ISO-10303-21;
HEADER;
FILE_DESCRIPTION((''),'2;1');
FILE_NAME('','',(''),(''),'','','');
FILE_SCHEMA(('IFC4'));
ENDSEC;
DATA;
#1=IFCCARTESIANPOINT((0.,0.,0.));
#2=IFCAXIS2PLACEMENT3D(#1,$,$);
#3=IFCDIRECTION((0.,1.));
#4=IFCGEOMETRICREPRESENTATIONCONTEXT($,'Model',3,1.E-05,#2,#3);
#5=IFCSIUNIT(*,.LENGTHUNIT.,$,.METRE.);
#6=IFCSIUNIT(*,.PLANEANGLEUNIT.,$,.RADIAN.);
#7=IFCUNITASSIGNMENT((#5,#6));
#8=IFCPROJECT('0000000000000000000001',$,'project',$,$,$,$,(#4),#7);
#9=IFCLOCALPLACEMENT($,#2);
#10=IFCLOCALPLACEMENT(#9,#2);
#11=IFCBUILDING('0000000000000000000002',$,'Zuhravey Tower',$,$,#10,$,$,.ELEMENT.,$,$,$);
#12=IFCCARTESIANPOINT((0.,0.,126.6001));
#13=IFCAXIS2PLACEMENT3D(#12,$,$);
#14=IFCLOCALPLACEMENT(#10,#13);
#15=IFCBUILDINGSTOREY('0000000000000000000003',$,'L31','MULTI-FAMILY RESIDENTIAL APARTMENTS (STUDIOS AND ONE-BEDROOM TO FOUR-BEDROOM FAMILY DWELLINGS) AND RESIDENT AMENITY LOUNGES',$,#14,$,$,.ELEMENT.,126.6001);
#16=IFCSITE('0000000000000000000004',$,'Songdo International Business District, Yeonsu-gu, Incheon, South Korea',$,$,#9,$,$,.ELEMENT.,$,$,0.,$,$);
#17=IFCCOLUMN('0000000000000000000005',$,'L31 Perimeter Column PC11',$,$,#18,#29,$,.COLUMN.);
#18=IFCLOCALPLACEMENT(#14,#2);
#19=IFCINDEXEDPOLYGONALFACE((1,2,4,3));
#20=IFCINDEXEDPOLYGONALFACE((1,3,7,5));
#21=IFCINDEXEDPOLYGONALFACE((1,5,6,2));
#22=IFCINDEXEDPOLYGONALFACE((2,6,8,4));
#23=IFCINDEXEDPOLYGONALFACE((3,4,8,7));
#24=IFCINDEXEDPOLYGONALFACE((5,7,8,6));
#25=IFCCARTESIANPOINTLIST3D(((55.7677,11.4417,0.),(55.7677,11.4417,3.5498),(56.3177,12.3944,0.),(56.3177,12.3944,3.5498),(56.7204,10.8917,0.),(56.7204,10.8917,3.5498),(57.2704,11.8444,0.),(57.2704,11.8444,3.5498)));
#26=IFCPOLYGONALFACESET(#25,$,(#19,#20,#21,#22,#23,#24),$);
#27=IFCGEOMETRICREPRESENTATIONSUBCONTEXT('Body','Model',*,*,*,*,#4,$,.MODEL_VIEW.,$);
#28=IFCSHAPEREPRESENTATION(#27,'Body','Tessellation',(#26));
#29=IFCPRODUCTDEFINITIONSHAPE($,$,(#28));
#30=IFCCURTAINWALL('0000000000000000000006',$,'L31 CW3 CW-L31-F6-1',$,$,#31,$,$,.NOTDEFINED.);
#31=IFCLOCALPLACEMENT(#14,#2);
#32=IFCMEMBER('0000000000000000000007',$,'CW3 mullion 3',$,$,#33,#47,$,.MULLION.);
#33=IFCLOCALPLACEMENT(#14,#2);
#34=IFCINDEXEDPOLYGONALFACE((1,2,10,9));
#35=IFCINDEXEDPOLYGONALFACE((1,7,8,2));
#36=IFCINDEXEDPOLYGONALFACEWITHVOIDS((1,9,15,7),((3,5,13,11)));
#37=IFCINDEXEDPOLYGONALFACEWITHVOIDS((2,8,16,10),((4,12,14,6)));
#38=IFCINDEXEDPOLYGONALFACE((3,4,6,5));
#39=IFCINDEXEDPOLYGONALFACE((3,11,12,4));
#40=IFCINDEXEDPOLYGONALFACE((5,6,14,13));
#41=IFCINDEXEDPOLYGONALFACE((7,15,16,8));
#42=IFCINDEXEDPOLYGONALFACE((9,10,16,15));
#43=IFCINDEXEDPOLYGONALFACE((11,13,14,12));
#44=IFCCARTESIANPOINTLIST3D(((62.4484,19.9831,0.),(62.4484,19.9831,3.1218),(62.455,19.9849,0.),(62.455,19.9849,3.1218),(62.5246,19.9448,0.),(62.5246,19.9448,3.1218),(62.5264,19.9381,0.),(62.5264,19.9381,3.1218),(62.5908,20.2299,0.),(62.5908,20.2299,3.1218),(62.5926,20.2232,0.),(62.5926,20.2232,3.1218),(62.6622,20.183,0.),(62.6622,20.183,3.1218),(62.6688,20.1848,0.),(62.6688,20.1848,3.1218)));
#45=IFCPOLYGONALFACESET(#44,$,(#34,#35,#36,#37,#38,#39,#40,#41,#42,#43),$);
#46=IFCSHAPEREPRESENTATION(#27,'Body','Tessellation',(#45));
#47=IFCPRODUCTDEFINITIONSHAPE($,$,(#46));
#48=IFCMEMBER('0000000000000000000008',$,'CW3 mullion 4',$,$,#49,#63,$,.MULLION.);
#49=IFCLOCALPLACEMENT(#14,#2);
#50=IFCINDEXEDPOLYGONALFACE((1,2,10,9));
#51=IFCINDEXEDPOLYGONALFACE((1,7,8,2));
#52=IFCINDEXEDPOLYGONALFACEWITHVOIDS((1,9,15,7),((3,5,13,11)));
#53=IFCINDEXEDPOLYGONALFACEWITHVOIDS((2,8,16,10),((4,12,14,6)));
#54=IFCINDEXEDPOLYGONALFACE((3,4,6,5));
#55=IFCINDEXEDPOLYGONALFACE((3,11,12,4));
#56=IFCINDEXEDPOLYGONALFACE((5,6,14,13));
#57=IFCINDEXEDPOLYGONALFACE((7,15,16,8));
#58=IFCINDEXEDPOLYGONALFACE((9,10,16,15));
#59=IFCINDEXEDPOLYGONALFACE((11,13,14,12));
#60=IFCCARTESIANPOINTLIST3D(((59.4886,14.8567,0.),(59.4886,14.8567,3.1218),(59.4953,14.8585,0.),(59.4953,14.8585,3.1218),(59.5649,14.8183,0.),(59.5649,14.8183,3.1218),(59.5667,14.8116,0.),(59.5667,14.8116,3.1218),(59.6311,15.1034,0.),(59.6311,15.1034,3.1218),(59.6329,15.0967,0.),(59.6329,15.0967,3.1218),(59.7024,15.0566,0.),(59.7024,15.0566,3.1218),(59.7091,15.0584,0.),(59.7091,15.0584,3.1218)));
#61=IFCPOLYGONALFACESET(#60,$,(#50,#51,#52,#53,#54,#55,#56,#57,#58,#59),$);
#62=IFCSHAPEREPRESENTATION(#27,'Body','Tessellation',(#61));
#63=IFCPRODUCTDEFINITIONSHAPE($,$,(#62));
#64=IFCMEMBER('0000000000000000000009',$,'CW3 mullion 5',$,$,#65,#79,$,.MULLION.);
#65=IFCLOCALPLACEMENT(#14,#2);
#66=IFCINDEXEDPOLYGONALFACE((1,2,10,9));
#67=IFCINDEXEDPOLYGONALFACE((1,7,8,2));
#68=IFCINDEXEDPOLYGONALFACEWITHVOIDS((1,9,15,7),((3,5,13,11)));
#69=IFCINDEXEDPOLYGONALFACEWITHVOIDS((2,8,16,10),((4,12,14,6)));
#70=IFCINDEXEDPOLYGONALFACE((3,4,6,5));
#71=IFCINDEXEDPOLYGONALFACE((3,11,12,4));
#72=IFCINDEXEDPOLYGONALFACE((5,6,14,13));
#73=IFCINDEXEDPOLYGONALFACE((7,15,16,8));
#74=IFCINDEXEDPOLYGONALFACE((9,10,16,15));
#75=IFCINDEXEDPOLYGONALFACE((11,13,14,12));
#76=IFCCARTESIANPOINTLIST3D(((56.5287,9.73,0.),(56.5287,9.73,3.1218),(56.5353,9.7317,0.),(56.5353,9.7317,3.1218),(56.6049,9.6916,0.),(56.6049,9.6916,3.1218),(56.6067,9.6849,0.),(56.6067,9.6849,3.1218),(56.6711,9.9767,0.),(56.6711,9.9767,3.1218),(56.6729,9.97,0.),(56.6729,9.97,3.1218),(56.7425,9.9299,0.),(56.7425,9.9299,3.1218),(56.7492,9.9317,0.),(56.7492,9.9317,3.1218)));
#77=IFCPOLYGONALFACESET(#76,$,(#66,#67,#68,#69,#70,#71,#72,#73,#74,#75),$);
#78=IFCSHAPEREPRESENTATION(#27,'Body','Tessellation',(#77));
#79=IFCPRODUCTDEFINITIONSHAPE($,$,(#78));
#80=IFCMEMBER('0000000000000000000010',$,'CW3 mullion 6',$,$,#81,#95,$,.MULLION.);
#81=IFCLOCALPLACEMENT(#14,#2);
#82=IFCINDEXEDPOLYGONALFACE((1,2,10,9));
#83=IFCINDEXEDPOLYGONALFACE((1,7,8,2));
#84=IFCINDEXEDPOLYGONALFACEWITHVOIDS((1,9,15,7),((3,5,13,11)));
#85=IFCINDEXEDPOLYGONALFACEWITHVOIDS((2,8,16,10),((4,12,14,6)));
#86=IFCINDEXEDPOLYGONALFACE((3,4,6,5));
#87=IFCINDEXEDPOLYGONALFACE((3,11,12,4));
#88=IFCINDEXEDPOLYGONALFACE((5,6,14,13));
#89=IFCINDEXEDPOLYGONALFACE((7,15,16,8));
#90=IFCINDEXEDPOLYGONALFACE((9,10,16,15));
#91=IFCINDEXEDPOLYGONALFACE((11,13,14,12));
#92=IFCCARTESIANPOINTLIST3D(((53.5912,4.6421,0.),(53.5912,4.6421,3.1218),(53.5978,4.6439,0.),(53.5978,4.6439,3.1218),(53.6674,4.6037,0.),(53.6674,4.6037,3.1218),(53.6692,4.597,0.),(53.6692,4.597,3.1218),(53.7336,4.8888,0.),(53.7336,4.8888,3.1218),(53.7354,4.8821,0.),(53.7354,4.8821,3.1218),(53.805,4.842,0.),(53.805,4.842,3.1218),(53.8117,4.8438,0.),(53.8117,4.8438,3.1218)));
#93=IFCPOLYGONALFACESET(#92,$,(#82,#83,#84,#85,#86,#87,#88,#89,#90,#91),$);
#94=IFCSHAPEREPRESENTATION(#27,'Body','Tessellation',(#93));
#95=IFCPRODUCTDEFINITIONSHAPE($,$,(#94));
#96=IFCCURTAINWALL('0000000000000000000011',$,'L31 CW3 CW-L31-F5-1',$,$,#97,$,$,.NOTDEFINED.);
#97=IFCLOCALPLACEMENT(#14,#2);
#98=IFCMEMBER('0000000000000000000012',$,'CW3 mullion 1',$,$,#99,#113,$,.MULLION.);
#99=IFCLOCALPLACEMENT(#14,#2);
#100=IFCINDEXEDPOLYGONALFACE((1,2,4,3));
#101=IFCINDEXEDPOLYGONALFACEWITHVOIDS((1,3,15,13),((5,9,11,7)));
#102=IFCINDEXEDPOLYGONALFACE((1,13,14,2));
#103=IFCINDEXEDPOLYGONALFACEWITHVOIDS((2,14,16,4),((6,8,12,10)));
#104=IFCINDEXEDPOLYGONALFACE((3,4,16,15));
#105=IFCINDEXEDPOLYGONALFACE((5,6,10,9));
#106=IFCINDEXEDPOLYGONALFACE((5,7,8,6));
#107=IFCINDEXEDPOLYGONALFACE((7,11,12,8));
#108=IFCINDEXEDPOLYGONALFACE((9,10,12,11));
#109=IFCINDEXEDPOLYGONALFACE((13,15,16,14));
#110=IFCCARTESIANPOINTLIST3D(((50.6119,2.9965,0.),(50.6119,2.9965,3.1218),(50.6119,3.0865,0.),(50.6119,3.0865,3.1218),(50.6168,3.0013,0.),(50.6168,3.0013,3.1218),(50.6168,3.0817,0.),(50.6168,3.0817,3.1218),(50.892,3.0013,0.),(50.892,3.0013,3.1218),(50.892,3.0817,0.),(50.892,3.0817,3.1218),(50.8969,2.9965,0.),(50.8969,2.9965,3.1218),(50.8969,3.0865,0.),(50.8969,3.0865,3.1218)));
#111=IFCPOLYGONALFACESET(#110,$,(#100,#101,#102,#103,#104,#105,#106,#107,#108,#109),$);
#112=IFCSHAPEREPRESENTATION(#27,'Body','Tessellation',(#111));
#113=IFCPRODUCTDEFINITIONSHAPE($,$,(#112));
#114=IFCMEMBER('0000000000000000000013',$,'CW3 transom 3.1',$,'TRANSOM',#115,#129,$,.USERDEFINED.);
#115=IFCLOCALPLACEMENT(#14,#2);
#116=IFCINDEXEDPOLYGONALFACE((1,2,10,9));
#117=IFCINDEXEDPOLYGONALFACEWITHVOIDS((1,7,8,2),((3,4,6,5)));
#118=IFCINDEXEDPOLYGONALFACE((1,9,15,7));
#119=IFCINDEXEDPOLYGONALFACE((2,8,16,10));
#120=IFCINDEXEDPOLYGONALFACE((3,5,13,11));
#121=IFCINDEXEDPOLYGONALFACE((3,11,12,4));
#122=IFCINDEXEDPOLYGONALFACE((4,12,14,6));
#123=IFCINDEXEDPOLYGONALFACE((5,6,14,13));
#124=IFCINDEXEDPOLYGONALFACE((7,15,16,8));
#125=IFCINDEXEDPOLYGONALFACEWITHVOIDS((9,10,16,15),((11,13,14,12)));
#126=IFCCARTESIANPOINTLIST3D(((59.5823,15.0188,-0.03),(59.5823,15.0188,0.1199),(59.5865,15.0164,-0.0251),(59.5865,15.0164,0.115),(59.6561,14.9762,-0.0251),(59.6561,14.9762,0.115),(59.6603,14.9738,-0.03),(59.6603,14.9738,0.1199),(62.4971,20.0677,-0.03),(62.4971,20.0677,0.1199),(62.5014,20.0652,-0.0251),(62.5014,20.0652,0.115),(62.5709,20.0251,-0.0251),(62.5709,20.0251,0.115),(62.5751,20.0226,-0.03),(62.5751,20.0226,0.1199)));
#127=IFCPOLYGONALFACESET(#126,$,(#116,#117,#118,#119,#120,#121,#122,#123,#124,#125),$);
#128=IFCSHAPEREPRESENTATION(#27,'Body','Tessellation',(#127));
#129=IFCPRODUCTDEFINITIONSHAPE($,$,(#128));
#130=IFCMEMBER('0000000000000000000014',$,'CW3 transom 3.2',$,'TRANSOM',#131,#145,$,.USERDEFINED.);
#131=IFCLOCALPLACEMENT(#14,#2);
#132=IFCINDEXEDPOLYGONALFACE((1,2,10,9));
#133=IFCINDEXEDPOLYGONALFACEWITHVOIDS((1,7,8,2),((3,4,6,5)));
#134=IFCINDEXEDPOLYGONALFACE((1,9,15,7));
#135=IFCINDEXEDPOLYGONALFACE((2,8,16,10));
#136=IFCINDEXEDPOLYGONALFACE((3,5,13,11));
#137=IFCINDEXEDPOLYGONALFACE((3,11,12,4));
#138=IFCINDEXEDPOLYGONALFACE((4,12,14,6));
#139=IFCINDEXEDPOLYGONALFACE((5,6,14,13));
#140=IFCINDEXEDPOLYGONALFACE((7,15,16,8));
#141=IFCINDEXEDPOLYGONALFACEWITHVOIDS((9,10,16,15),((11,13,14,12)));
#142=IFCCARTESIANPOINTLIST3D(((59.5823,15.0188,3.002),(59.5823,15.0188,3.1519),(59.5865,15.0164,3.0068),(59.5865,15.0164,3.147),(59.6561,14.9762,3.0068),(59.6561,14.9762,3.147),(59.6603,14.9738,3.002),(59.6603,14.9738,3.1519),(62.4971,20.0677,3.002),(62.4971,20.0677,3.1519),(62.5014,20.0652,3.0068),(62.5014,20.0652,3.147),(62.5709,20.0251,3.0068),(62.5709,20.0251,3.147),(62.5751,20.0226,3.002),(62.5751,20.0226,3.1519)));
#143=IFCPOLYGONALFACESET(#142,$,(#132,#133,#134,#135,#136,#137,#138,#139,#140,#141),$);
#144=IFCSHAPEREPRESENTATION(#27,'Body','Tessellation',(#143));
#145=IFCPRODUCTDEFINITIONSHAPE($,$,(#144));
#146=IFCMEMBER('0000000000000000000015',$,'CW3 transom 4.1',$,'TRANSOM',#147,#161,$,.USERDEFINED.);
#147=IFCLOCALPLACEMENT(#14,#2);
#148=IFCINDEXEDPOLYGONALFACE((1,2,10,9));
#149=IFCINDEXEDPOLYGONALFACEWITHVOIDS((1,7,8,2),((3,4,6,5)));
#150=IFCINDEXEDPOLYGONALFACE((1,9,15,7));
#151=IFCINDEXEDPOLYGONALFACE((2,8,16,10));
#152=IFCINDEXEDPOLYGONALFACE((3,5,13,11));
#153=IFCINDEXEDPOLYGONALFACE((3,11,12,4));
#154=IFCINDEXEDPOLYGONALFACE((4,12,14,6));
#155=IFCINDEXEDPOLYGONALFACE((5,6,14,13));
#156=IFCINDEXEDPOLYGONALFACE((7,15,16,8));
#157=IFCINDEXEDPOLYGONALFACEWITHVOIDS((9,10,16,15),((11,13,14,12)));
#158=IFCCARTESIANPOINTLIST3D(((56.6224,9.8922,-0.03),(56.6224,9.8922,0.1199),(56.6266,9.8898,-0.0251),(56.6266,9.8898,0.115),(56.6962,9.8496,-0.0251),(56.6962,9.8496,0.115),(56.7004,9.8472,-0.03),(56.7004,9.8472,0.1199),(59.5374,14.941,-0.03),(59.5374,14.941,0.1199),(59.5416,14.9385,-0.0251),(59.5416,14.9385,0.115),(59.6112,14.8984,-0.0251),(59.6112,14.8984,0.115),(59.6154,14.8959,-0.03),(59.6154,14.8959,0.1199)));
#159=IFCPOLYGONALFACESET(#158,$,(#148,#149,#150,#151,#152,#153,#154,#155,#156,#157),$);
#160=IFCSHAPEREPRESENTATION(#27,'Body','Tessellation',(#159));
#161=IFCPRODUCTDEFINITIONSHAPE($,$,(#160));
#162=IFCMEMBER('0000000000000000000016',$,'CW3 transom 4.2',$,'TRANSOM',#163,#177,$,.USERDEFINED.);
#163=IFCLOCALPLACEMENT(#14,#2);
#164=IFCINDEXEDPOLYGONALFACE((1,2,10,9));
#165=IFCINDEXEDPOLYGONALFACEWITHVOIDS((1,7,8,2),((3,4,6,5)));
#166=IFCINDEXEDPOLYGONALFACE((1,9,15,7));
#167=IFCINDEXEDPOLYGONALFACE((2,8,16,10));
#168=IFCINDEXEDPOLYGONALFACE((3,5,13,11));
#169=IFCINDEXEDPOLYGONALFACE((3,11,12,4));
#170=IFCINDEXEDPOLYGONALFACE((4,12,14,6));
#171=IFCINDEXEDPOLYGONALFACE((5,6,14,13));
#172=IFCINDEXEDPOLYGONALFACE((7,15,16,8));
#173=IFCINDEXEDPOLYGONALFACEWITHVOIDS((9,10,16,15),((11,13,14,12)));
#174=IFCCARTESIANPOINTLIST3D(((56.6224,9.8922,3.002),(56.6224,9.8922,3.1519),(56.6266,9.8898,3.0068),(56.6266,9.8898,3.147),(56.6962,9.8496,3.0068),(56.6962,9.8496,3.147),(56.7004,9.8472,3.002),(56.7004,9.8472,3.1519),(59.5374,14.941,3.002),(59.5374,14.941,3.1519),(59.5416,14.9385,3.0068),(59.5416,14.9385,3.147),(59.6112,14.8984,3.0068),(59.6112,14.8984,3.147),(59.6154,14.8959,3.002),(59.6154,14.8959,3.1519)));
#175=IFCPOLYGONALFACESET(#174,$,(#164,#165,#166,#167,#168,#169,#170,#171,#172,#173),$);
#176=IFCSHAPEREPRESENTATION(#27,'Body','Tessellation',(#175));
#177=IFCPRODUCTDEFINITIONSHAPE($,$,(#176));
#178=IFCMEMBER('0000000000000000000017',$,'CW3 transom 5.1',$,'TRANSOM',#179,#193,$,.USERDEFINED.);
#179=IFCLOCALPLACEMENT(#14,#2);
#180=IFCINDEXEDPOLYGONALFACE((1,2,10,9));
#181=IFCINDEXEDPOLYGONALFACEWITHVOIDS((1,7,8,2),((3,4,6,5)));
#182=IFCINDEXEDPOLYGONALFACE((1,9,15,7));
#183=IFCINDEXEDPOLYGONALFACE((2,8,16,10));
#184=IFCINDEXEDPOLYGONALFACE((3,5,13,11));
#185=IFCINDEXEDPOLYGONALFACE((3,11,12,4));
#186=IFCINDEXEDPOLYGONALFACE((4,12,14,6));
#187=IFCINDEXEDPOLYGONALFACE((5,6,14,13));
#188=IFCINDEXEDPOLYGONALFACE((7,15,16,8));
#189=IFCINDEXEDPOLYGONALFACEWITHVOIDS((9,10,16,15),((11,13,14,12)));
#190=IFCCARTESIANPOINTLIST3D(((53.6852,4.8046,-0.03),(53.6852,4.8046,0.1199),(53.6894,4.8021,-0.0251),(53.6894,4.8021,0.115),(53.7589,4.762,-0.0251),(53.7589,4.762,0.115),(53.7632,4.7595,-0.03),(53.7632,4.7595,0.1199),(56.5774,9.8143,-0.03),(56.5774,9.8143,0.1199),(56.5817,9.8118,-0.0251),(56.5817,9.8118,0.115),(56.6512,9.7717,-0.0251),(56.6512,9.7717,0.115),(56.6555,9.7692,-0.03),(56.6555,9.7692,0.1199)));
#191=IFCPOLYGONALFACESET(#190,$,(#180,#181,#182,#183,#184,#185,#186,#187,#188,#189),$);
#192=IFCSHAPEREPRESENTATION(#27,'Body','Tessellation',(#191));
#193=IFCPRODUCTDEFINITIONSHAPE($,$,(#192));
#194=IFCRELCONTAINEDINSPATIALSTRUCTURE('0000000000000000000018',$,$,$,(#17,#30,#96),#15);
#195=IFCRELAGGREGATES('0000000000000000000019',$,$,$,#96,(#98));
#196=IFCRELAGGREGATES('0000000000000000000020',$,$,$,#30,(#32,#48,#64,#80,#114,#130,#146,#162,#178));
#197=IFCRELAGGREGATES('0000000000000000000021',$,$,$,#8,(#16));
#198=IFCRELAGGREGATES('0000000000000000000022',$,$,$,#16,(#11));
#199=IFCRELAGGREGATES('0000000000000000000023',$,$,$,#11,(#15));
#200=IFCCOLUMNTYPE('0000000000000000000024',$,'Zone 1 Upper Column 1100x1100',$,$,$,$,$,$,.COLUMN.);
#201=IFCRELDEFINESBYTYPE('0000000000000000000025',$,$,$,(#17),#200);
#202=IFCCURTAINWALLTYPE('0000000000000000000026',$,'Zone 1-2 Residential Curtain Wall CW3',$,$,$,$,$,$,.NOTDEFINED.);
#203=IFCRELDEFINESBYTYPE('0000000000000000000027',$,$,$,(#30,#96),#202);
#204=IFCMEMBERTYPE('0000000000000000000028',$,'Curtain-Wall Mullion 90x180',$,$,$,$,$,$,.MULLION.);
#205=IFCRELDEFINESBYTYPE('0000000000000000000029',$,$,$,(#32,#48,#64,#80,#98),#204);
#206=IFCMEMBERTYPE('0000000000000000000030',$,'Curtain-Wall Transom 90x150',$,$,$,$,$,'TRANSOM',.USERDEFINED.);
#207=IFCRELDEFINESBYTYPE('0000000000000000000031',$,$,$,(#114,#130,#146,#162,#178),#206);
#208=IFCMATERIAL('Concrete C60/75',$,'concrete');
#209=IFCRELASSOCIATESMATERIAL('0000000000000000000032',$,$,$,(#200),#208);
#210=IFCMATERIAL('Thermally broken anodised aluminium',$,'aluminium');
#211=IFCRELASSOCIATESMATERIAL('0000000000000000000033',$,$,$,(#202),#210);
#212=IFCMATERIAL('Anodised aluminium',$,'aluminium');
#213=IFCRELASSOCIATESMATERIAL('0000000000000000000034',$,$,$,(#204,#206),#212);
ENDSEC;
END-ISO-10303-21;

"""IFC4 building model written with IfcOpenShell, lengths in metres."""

from ifc_helpers import new_model, si_unit, direction, frame, origin, origin_2d, place, context, subcontext, project, spatial, rectangle, hollow_rectangle, extrude, material, material_profile, profile_set, type_object, element, aggregate, save


model = new_model("IFC4")

# Units and contexts
model_context = context("Model", 3, precision=1e-05, world=origin(), true_north=direction((0.0, 1.0)))
body_context = subcontext(model_context, "Body", "Model", "MODEL_VIEW")
ifc_project = project(units=[si_unit("LENGTHUNIT", "METRE"), si_unit("PLANEANGLEUNIT", "RADIAN")], contexts=[model_context])

# Site, building, storey
site_placement = place(None, origin())
site = spatial("IfcSite", under=ifc_project, at=site_placement, Name="Songdo International Business District, Yeonsu-gu, Incheon, South Korea", CompositionType="ELEMENT", RefElevation=0.0)
building_placement = place(site_placement, origin())
building = spatial("IfcBuilding", under=site, at=building_placement, Name="Zuhravey Tower", CompositionType="ELEMENT")
storey_placement = place(building_placement, frame((0.0, 0.0, 126.6001)))
storey = spatial("IfcBuildingStorey", under=building, at=storey_placement, Name="L31", Description="MULTI-FAMILY RESIDENTIAL APARTMENTS (STUDIOS AND ONE-BEDROOM TO FOUR-BEDROOM FAMILY DWELLINGS) AND RESIDENT AMENITY LOUNGES", CompositionType="ELEMENT", Elevation=126.6001)

# Column
ifc_material_1 = material(Name="Concrete C60/75", Category="concrete")
ifc_material_profile_1 = material_profile(ifc_material_1, rectangle(XDim=1.1001, YDim=1.1001, at=origin_2d()), Name="RC-1100x1100")
ifc_profile_set_1 = profile_set([ifc_material_profile_1], Name="Concrete C60/75")
column_type = type_object("IfcColumnType", Name="Zone 1 Upper Column 1100x1100", PredefinedType="COLUMN", material=ifc_profile_set_1)
column_placement = place(storey_placement, frame((56.519, 11.6431, 0.0), z_axis=(0.0, 0.0, 1.0), x_axis=(0.5, 0.866025, 0.0)))
element("IfcColumn", 1, at=column_placement, inside=storey, type_object=column_type, Name="L31 Perimeter Column PC11", PredefinedType="COLUMN", context=body_context, shape_type="SweptSolid", body=[
    extrude(rectangle(XDim=1.1001, YDim=1.1001, at=origin_2d()), origin(), (0.0, 0.0, 1.0), 3.5498),
])

# Curtain wall, members
ifc_material_2 = material(Name="Thermally broken anodised aluminium", Category="aluminium")
curtain_wall_type = type_object("IfcCurtainWallType", Name="Zone 1-2 Residential Curtain Wall CW3", PredefinedType="NOTDEFINED", material=ifc_material_2)
curtain_wall_1_placement = place(storey_placement, origin())
curtain_wall_1 = element("IfcCurtainWall", 2, at=curtain_wall_1_placement, inside=storey, type_object=curtain_wall_type, Name="L31 CW3 CW-L31-F6-1", PredefinedType="NOTDEFINED")
ifc_material_3 = material(Name="Anodised aluminium", Category="aluminium")
ifc_material_profile_2 = material_profile(ifc_material_3, hollow_rectangle(XDim=0.0901, YDim=0.2849, WallThickness=0.0049, at=origin_2d()), Name="ALU-RHS-90x285x5")
ifc_profile_set_2 = profile_set([ifc_material_profile_2], Name="Anodised aluminium")
member_type_1 = type_object("IfcMemberType", Name="Curtain-Wall Mullion 90x180", PredefinedType="MULLION", material=ifc_profile_set_2)
member_1_placement = place(storey_placement, frame((62.5586, 20.084, 0.0), z_axis=(0.0, 0.0, 1.0), x_axis=(0.866026, -0.5, 0.0)))
member_1 = element("IfcMember", 3, at=member_1_placement, type_object=member_type_1, Name="CW3 mullion 3", PredefinedType="MULLION", context=body_context, shape_type="SweptSolid", body=[
    extrude(hollow_rectangle(XDim=0.0901, YDim=0.2849, WallThickness=0.0049, at=origin_2d()), origin(), (0.0, 0.0, 1.0), 3.1218),
])
member_2_placement = place(storey_placement, frame((59.5989, 14.9575, 0.0), z_axis=(0.0, 0.0, 1.0), x_axis=(0.866026, -0.5, 0.0)))
member_2 = element("IfcMember", 4, at=member_2_placement, type_object=member_type_1, Name="CW3 mullion 4", PredefinedType="MULLION", context=body_context, shape_type="SweptSolid", body=[
    extrude(hollow_rectangle(XDim=0.0901, YDim=0.2849, WallThickness=0.0049, at=origin_2d()), origin(), (0.0, 0.0, 1.0), 3.1218),
])
member_3_placement = place(storey_placement, frame((56.6389, 9.8308, 0.0), z_axis=(0.0, 0.0, 1.0), x_axis=(0.866026, -0.5, 0.0)))
member_3 = element("IfcMember", 5, at=member_3_placement, type_object=member_type_1, Name="CW3 mullion 5", PredefinedType="MULLION", context=body_context, shape_type="SweptSolid", body=[
    extrude(hollow_rectangle(XDim=0.0901, YDim=0.2849, WallThickness=0.0049, at=origin_2d()), origin(), (0.0, 0.0, 1.0), 3.1218),
])
member_4_placement = place(storey_placement, frame((53.7014, 4.7429, 0.0), z_axis=(0.0, 0.0, 1.0), x_axis=(0.866026, -0.5, 0.0)))
member_4 = element("IfcMember", 6, at=member_4_placement, type_object=member_type_1, Name="CW3 mullion 6", PredefinedType="MULLION", context=body_context, shape_type="SweptSolid", body=[
    extrude(hollow_rectangle(XDim=0.0901, YDim=0.2849, WallThickness=0.0049, at=origin_2d()), origin(), (0.0, 0.0, 1.0), 3.1218),
])

# Curtain wall, member
curtain_wall_2_placement = place(storey_placement, origin())
curtain_wall_2 = element("IfcCurtainWall", 7, at=curtain_wall_2_placement, inside=storey, type_object=curtain_wall_type, Name="L31 CW3 CW-L31-F5-1", PredefinedType="NOTDEFINED")
member_5_placement = place(storey_placement, frame((50.7544, 3.0415, 0.0), z_axis=(0.0, 0.0, 1.0), x_axis=(0.0, -1.0, 0.0)))
member_5 = element("IfcMember", 8, at=member_5_placement, type_object=member_type_1, Name="CW3 mullion 1", PredefinedType="MULLION", context=body_context, shape_type="SweptSolid", body=[
    extrude(hollow_rectangle(XDim=0.0901, YDim=0.2849, WallThickness=0.0049, at=origin_2d()), origin(), (0.0, 0.0, 1.0), 3.1218),
])

# Members
ifc_material_profile_3 = material_profile(ifc_material_3, hollow_rectangle(XDim=0.0901, YDim=0.1499, WallThickness=0.0049, at=origin_2d()), Name="ALU-RHS-90x150x5")
ifc_profile_set_3 = profile_set([ifc_material_profile_3], Name="Anodised aluminium")
member_type_2 = type_object("IfcMemberType", Name="Curtain-Wall Transom 90x150", ElementType="TRANSOM", PredefinedType="USERDEFINED", material=ifc_profile_set_3)
member_6_placement = place(storey_placement, frame((62.5361, 20.0452, 0.0449), z_axis=(-0.499981, -0.866036, 0.0), x_axis=(0.866036, -0.499981, 0.0)))
member_6 = element("IfcMember", 9, at=member_6_placement, type_object=member_type_2, Name="CW3 transom 3.1", ObjectType="TRANSOM", PredefinedType="USERDEFINED", context=body_context, shape_type="SweptSolid", body=[
    extrude(hollow_rectangle(XDim=0.0901, YDim=0.1499, WallThickness=0.0049, at=origin_2d()), origin(), (0.0, 0.0, 1.0), 5.8298),
])
member_7_placement = place(storey_placement, frame((62.5361, 20.0452, 3.0769), z_axis=(-0.499981, -0.866036, 0.0), x_axis=(0.866036, -0.499981, 0.0)))
member_7 = element("IfcMember", 10, at=member_7_placement, type_object=member_type_2, Name="CW3 transom 3.2", ObjectType="TRANSOM", PredefinedType="USERDEFINED", context=body_context, shape_type="SweptSolid", body=[
    extrude(hollow_rectangle(XDim=0.0901, YDim=0.1499, WallThickness=0.0049, at=origin_2d()), origin(), (0.0, 0.0, 1.0), 5.8298),
])
member_8_placement = place(storey_placement, frame((59.5764, 14.9185, 0.0449), z_axis=(-0.500012, -0.866018, 0.0), x_axis=(0.866018, -0.500012, 0.0)))
member_8 = element("IfcMember", 11, at=member_8_placement, type_object=member_type_2, Name="CW3 transom 4.1", ObjectType="TRANSOM", PredefinedType="USERDEFINED", context=body_context, shape_type="SweptSolid", body=[
    extrude(hollow_rectangle(XDim=0.0901, YDim=0.1499, WallThickness=0.0049, at=origin_2d()), origin(), (0.0, 0.0, 1.0), 5.8298),
])
member_9_placement = place(storey_placement, frame((59.5764, 14.9185, 3.0769), z_axis=(-0.500012, -0.866018, 0.0), x_axis=(0.866018, -0.500012, 0.0)))
member_9 = element("IfcMember", 12, at=member_9_placement, type_object=member_type_2, Name="CW3 transom 4.2", ObjectType="TRANSOM", PredefinedType="USERDEFINED", context=body_context, shape_type="SweptSolid", body=[
    extrude(hollow_rectangle(XDim=0.0901, YDim=0.1499, WallThickness=0.0049, at=origin_2d()), origin(), (0.0, 0.0, 1.0), 5.8298),
])
member_10_placement = place(storey_placement, frame((56.6165, 9.7917, 0.0449), z_axis=(-0.499993, -0.86603, 0.0), x_axis=(0.86603, -0.499993, 0.0)))
member_10 = element("IfcMember", 13, at=member_10_placement, type_object=member_type_2, Name="CW3 transom 5.1", ObjectType="TRANSOM", PredefinedType="USERDEFINED", context=body_context, shape_type="SweptSolid", body=[
    extrude(hollow_rectangle(XDim=0.0901, YDim=0.1499, WallThickness=0.0049, at=origin_2d()), origin(), (0.0, 0.0, 1.0), 5.7847),
])
aggregate(curtain_wall_2, [member_5])

aggregate(curtain_wall_1, [member_1, member_2, member_3, member_4, member_6, member_7, member_8, member_9, member_10])

save(model, "model.ifc")
